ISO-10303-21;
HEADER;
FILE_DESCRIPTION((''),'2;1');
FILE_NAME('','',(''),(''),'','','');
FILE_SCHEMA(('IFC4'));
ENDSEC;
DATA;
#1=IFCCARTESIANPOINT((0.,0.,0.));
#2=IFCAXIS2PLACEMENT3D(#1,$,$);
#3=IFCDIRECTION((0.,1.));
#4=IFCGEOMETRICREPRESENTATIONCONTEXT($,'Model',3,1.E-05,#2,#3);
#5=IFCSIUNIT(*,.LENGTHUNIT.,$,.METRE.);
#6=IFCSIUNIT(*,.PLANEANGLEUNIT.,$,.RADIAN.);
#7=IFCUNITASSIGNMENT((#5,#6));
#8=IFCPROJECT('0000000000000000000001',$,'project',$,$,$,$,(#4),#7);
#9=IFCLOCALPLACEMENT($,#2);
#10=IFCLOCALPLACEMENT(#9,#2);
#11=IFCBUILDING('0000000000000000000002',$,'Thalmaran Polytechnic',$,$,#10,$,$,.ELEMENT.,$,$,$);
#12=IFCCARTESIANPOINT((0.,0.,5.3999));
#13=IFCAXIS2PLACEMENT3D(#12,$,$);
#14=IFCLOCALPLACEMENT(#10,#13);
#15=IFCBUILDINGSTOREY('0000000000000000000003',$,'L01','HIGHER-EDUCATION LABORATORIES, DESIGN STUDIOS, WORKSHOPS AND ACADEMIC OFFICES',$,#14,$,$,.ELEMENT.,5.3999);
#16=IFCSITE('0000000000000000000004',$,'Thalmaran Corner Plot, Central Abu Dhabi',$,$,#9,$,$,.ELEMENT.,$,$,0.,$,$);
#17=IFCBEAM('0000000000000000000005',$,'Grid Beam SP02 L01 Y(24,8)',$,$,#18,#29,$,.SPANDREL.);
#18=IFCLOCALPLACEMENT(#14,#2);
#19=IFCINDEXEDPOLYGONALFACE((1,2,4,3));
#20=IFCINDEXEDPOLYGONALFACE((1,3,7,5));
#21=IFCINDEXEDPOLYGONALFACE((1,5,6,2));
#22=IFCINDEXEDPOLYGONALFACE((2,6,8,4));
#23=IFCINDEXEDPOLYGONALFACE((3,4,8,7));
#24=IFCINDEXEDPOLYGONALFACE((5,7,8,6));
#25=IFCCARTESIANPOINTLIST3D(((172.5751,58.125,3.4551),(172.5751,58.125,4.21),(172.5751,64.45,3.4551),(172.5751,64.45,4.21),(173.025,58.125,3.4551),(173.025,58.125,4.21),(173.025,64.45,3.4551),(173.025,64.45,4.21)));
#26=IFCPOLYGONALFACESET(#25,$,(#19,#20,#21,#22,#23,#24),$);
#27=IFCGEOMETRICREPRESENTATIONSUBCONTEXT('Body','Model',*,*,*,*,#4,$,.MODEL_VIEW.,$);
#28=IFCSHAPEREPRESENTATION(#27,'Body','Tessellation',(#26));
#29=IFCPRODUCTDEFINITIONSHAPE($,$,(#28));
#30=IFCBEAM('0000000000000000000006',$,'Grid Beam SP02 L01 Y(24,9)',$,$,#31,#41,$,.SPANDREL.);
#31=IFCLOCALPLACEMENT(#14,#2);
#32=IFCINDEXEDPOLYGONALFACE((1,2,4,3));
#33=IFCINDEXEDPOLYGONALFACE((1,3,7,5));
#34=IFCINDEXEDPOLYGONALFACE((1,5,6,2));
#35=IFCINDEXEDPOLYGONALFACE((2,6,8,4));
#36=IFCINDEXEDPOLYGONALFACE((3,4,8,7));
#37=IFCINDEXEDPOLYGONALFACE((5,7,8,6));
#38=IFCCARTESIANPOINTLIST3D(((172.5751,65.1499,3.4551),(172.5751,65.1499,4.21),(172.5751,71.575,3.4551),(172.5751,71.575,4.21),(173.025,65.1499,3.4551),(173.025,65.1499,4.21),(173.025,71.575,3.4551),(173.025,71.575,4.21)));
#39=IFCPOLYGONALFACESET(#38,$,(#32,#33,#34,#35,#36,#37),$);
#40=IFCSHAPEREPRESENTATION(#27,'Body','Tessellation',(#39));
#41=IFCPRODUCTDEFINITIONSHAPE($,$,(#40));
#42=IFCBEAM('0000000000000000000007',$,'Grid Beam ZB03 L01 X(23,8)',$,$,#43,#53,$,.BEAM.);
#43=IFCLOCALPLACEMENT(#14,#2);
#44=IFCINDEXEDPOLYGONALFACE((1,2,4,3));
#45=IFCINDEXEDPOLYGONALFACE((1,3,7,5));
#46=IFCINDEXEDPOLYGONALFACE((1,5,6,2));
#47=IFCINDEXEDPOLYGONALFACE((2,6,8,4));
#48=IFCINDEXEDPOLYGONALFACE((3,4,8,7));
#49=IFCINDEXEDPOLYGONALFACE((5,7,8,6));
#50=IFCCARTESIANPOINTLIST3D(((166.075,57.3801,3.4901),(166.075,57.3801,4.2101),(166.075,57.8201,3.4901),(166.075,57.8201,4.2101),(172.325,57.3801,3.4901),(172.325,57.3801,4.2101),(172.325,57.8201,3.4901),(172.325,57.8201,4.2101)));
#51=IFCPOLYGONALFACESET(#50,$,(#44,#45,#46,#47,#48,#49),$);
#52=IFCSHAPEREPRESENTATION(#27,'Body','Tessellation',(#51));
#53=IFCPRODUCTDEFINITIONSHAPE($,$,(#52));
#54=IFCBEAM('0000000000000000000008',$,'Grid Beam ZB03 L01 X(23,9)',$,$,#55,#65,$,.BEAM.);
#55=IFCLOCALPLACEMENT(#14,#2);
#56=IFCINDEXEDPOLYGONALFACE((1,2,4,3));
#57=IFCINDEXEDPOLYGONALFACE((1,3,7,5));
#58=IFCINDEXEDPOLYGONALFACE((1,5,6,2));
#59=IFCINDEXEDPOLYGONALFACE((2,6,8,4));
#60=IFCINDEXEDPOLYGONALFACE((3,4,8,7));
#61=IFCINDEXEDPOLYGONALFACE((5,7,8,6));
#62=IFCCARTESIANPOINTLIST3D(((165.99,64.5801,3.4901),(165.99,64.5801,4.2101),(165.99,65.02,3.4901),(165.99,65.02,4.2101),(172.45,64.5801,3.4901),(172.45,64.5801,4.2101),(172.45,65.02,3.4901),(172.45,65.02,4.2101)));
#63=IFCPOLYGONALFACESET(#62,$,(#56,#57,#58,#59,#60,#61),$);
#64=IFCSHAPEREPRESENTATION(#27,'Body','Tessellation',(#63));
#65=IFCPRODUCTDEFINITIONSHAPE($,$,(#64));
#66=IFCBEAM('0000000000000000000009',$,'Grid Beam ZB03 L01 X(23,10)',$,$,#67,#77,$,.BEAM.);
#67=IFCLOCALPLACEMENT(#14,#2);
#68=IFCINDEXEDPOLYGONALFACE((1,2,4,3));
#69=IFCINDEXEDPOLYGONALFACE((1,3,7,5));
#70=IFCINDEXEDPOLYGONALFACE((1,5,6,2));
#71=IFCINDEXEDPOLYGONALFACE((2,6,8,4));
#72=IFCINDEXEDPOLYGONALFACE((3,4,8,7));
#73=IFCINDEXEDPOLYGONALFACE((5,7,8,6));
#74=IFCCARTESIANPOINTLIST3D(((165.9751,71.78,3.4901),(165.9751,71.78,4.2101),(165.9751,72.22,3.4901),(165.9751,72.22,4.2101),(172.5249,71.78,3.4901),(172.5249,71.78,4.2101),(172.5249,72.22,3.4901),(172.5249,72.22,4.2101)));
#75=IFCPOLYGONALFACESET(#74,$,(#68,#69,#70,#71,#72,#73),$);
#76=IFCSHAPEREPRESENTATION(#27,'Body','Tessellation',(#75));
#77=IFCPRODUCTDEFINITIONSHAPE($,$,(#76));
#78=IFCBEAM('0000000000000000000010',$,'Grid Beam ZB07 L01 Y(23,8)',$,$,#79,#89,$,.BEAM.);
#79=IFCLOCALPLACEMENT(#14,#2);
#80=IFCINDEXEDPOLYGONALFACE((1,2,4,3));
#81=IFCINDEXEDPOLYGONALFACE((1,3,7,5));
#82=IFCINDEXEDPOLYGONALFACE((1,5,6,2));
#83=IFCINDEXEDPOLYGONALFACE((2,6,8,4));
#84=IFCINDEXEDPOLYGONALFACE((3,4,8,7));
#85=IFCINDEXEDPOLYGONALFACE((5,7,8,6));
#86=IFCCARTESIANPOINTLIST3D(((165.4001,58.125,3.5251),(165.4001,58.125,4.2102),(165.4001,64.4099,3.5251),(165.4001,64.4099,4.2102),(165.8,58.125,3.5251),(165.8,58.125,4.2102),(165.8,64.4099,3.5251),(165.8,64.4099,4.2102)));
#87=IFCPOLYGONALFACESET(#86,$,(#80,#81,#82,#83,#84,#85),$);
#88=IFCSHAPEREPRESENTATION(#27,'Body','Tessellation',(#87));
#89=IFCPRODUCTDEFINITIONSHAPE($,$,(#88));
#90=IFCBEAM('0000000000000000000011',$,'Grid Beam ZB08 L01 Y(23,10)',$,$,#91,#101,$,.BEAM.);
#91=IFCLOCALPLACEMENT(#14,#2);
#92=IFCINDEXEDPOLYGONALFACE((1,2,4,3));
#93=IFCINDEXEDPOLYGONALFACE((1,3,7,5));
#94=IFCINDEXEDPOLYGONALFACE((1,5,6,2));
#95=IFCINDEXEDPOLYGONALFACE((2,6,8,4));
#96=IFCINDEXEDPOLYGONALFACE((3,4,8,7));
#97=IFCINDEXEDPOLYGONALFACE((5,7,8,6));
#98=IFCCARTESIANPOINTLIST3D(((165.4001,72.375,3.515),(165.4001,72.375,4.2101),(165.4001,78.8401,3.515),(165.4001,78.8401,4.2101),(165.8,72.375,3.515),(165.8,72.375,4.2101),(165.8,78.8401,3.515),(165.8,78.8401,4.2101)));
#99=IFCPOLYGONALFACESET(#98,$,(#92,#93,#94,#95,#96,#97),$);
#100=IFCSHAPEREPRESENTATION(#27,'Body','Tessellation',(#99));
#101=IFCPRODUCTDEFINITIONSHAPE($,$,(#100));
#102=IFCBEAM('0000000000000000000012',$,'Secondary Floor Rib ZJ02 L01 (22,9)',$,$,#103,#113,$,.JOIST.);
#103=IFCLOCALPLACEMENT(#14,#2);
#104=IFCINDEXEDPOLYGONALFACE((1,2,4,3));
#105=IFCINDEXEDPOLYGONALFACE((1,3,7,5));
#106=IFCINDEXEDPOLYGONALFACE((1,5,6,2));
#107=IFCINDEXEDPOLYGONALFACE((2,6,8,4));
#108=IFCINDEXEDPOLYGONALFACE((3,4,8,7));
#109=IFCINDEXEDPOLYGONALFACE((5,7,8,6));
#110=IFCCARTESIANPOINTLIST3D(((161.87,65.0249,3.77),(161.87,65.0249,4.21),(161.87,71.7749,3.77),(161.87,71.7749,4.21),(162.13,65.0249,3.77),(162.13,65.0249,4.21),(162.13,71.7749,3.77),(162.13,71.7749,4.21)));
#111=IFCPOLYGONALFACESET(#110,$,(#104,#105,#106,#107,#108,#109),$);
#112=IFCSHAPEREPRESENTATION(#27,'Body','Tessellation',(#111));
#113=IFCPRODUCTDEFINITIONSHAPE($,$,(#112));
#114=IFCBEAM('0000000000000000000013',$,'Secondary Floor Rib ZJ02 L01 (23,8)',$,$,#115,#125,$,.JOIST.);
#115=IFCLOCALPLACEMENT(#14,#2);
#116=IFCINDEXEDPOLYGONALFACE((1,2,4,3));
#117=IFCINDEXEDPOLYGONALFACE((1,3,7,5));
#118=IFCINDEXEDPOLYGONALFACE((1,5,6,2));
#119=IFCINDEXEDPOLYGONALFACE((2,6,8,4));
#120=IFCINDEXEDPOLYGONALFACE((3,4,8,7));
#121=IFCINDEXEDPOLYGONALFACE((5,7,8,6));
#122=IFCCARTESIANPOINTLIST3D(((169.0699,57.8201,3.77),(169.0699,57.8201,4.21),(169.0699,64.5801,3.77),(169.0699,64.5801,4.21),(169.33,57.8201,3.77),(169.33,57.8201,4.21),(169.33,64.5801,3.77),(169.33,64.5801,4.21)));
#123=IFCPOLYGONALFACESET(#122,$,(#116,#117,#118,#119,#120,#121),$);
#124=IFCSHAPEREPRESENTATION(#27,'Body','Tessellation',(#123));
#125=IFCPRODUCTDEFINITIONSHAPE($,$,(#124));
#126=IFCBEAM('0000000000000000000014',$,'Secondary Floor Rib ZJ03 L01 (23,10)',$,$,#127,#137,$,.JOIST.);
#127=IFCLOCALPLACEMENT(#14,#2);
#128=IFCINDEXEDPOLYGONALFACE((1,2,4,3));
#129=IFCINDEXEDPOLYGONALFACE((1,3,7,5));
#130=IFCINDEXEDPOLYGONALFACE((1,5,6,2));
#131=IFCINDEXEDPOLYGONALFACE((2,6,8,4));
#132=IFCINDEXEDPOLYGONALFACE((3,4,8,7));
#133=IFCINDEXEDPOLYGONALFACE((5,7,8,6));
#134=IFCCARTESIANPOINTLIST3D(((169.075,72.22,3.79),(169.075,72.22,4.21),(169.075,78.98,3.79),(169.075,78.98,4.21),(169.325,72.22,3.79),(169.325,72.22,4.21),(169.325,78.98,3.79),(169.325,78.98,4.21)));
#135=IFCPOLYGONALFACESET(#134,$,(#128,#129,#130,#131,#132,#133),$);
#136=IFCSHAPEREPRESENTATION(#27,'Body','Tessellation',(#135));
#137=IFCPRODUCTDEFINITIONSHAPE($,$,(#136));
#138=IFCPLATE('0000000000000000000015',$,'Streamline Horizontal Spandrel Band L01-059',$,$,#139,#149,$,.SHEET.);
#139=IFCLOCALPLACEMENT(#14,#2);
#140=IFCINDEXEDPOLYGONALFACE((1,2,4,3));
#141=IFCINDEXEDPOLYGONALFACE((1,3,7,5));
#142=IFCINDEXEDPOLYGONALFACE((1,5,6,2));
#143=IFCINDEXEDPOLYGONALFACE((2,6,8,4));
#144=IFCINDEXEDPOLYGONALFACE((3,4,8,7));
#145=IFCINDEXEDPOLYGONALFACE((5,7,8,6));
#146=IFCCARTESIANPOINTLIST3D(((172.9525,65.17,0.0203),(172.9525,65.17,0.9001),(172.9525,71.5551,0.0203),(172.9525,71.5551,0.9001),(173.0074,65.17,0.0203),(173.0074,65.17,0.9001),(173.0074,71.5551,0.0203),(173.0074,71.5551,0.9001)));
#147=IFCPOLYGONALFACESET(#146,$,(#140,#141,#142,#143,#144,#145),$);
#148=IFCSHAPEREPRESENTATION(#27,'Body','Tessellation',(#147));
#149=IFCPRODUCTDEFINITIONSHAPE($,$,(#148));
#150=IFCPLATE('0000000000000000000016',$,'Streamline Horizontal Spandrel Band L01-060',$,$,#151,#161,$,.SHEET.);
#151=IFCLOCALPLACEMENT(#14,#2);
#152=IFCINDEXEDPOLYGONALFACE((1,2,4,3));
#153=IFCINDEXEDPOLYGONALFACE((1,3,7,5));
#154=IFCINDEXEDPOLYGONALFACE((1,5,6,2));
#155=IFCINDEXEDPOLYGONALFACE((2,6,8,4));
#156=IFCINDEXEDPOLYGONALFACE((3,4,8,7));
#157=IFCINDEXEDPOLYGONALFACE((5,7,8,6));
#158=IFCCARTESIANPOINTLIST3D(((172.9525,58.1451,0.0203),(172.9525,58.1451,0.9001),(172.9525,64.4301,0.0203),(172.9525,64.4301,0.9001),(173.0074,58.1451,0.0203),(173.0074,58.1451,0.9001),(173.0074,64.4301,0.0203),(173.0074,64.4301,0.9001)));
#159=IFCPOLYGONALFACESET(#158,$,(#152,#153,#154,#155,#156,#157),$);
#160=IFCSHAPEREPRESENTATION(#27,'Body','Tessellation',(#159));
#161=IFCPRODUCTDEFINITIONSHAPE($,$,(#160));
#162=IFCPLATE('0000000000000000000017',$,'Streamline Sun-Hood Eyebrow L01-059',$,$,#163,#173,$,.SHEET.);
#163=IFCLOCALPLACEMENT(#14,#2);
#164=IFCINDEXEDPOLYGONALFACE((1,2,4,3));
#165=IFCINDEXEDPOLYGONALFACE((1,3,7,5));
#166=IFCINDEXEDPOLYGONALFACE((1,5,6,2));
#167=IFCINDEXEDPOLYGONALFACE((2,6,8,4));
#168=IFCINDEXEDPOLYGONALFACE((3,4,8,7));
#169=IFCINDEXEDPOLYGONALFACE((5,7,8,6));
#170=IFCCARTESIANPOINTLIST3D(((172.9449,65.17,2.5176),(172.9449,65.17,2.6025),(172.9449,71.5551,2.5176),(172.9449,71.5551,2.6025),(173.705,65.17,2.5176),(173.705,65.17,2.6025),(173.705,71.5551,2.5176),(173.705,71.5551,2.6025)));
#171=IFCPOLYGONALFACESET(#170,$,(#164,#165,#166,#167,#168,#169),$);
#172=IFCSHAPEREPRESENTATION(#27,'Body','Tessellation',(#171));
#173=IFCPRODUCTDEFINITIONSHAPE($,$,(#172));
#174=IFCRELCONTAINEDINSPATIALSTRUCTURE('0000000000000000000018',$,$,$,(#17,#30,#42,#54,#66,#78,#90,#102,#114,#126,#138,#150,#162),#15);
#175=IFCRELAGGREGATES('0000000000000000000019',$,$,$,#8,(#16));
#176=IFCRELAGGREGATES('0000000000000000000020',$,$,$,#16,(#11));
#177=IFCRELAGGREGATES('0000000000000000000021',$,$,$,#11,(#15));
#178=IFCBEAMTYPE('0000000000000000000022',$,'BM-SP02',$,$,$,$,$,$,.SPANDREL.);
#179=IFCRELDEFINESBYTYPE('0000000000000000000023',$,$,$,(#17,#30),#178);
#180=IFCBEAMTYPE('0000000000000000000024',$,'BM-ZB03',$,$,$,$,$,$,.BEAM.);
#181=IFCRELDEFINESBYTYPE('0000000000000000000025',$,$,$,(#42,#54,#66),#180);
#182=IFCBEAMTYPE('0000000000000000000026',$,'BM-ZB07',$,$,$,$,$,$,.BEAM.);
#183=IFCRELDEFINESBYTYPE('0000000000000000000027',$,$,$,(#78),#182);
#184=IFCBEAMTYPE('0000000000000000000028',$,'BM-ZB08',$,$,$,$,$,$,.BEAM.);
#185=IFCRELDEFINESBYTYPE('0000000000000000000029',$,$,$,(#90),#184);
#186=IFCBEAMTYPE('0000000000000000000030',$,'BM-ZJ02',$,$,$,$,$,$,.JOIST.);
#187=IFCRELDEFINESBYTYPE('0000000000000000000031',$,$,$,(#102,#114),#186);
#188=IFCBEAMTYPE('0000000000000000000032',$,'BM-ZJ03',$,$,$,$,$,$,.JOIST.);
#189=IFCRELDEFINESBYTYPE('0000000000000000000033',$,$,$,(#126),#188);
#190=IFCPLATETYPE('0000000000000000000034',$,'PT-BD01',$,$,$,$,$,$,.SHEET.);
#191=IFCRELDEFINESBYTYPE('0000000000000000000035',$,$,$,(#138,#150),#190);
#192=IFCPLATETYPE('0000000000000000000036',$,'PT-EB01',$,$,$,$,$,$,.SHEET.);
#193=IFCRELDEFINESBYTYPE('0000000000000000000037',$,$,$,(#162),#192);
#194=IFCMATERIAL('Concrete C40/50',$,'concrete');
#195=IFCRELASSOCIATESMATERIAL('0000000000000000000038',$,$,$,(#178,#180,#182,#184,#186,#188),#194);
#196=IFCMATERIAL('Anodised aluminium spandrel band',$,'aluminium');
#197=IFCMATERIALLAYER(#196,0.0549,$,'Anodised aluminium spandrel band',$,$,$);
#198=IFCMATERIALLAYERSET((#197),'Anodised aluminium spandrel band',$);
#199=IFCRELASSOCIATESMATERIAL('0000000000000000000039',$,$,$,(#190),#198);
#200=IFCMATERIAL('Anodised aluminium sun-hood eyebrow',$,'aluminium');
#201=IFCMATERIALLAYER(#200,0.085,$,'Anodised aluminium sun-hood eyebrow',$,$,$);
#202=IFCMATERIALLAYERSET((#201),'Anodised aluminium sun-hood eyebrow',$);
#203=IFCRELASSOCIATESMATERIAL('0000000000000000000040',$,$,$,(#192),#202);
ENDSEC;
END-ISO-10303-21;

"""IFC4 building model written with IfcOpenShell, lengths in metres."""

from ifc_helpers import new_model, si_unit, direction, frame, origin, origin_2d, place, context, subcontext, project, spatial, rectangle, extrude, material, layer, layer_set, material_profile, profile_set, type_object, element, save


model = new_model("IFC4")

# Units and contexts
model_context = context("Model", 3, precision=1e-05, world=origin(), true_north=direction((0.0, 1.0)))
body_context = subcontext(model_context, "Body", "Model", "MODEL_VIEW")
ifc_project = project(units=[si_unit("LENGTHUNIT", "METRE"), si_unit("PLANEANGLEUNIT", "RADIAN")], contexts=[model_context])

# Site, building, storey
site_placement = place(None, origin())
site = spatial("IfcSite", under=ifc_project, at=site_placement, Name="Thalmaran Corner Plot, Central Abu Dhabi", CompositionType="ELEMENT", RefElevation=0.0)
building_placement = place(site_placement, origin())
building = spatial("IfcBuilding", under=site, at=building_placement, Name="Thalmaran Polytechnic", CompositionType="ELEMENT")
storey_placement = place(building_placement, frame((0.0, 0.0, 5.3999)))
storey = spatial("IfcBuildingStorey", under=building, at=storey_placement, Name="L01", Description="HIGHER-EDUCATION LABORATORIES, DESIGN STUDIOS, WORKSHOPS AND ACADEMIC OFFICES", CompositionType="ELEMENT", Elevation=5.3999)

# Beams
ifc_material_1 = material(Name="Concrete C40/50", Category="concrete")
ifc_material_profile_1 = material_profile(ifc_material_1, rectangle(XDim=0.45, YDim=0.7549, at=origin_2d()), Name="RC 450x755")
ifc_profile_set_1 = profile_set([ifc_material_profile_1], Name="Concrete C40/50")
beam_type_1 = type_object("IfcBeamType", Name="BM-SP02", PredefinedType="SPANDREL", material=ifc_profile_set_1)
beam_1_placement = place(storey_placement, frame((172.8, 58.125, 3.8325), z_axis=(0.0, 1.0, 0.0), x_axis=(-1.0, 0.0, 0.0)))
element("IfcBeam", 1, at=beam_1_placement, inside=storey, type_object=beam_type_1, Name="Grid Beam SP02 L01 Y(24,8)", PredefinedType="SPANDREL", context=body_context, shape_type="SweptSolid", body=[
    extrude(rectangle(XDim=0.45, YDim=0.7549, at=origin_2d()), origin(), (0.0, 0.0, 1.0), 6.325),
])
beam_2_placement = place(storey_placement, frame((172.8, 65.1499, 3.8325), z_axis=(0.0, 1.0, 0.0), x_axis=(-1.0, 0.0, 0.0)))
element("IfcBeam", 2, at=beam_2_placement, inside=storey, type_object=beam_type_1, Name="Grid Beam SP02 L01 Y(24,9)", PredefinedType="SPANDREL", context=body_context, shape_type="SweptSolid", body=[
    extrude(rectangle(XDim=0.45, YDim=0.7549, at=origin_2d()), origin(), (0.0, 0.0, 1.0), 6.425),
])
ifc_material_profile_2 = material_profile(ifc_material_1, rectangle(XDim=0.4399, YDim=0.72, at=origin_2d()), Name="RC 440x720")
ifc_profile_set_2 = profile_set([ifc_material_profile_2], Name="Concrete C40/50")
beam_type_2 = type_object("IfcBeamType", Name="BM-ZB03", PredefinedType="BEAM", material=ifc_profile_set_2)
beam_3_placement = place(storey_placement, frame((166.075, 57.6001, 3.8501), z_axis=(1.0, 0.0, 0.0), x_axis=(0.0, 1.0, 0.0)))
element("IfcBeam", 3, at=beam_3_placement, inside=storey, type_object=beam_type_2, Name="Grid Beam ZB03 L01 X(23,8)", PredefinedType="BEAM", context=body_context, shape_type="SweptSolid", body=[
    extrude(rectangle(XDim=0.4399, YDim=0.72, at=origin_2d()), origin(), (0.0, 0.0, 1.0), 6.25),
])
beam_4_placement = place(storey_placement, frame((165.99, 64.8, 3.8501), z_axis=(1.0, 0.0, 0.0), x_axis=(0.0, 1.0, 0.0)))
element("IfcBeam", 4, at=beam_4_placement, inside=storey, type_object=beam_type_2, Name="Grid Beam ZB03 L01 X(23,9)", PredefinedType="BEAM", context=body_context, shape_type="SweptSolid", body=[
    extrude(rectangle(XDim=0.4399, YDim=0.72, at=origin_2d()), origin(), (0.0, 0.0, 1.0), 6.46),
])
beam_5_placement = place(storey_placement, frame((165.9751, 72.0, 3.8501), z_axis=(1.0, 0.0, 0.0), x_axis=(0.0, 1.0, 0.0)))
element("IfcBeam", 5, at=beam_5_placement, inside=storey, type_object=beam_type_2, Name="Grid Beam ZB03 L01 X(23,10)", PredefinedType="BEAM", context=body_context, shape_type="SweptSolid", body=[
    extrude(rectangle(XDim=0.4399, YDim=0.72, at=origin_2d()), origin(), (0.0, 0.0, 1.0), 6.5498),
])
ifc_material_profile_3 = material_profile(ifc_material_1, rectangle(XDim=0.3999, YDim=0.6851, at=origin_2d()), Name="RC 400x685")
ifc_profile_set_3 = profile_set([ifc_material_profile_3], Name="Concrete C40/50")
beam_type_3 = type_object("IfcBeamType", Name="BM-ZB07", PredefinedType="BEAM", material=ifc_profile_set_3)
beam_6_placement = place(storey_placement, frame((165.6001, 58.125, 3.8677), z_axis=(0.0, 1.0, 0.0), x_axis=(-1.0, 0.0, 0.0)))
element("IfcBeam", 6, at=beam_6_placement, inside=storey, type_object=beam_type_3, Name="Grid Beam ZB07 L01 Y(23,8)", PredefinedType="BEAM", context=body_context, shape_type="SweptSolid", body=[
    extrude(rectangle(XDim=0.3999, YDim=0.6851, at=origin_2d()), origin(), (0.0, 0.0, 1.0), 6.2849),
])
ifc_material_profile_4 = material_profile(ifc_material_1, rectangle(XDim=0.3999, YDim=0.6951, at=origin_2d()), Name="RC 400x695")
ifc_profile_set_4 = profile_set([ifc_material_profile_4], Name="Concrete C40/50")
beam_type_4 = type_object("IfcBeamType", Name="BM-ZB08", PredefinedType="BEAM", material=ifc_profile_set_4)
beam_7_placement = place(storey_placement, frame((165.6001, 72.375, 3.8625), z_axis=(0.0, 1.0, 0.0), x_axis=(-1.0, 0.0, 0.0)))
element("IfcBeam", 7, at=beam_7_placement, inside=storey, type_object=beam_type_4, Name="Grid Beam ZB08 L01 Y(23,10)", PredefinedType="BEAM", context=body_context, shape_type="SweptSolid", body=[
    extrude(rectangle(XDim=0.3999, YDim=0.6951, at=origin_2d()), origin(), (0.0, 0.0, 1.0), 6.4651),
])
ifc_material_profile_5 = material_profile(ifc_material_1, rectangle(XDim=0.26, YDim=0.4399, at=origin_2d()), Name="RC 260x440")
ifc_profile_set_5 = profile_set([ifc_material_profile_5], Name="Concrete C40/50")
beam_type_5 = type_object("IfcBeamType", Name="BM-ZJ02", PredefinedType="JOIST", material=ifc_profile_set_5)
beam_8_placement = place(storey_placement, frame((162.0, 65.0249, 3.99), z_axis=(0.0, 1.0, 0.0), x_axis=(-1.0, 0.0, 0.0)))
element("IfcBeam", 8, at=beam_8_placement, inside=storey, type_object=beam_type_5, Name="Secondary Floor Rib ZJ02 L01 (22,9)", PredefinedType="JOIST", context=body_context, shape_type="SweptSolid", body=[
    extrude(rectangle(XDim=0.26, YDim=0.4399, at=origin_2d()), origin(), (0.0, 0.0, 1.0), 6.75),
])
beam_9_placement = place(storey_placement, frame((169.2, 57.8201, 3.99), z_axis=(0.0, 1.0, 0.0), x_axis=(-1.0, 0.0, 0.0)))
element("IfcBeam", 9, at=beam_9_placement, inside=storey, type_object=beam_type_5, Name="Secondary Floor Rib ZJ02 L01 (23,8)", PredefinedType="JOIST", context=body_context, shape_type="SweptSolid", body=[
    extrude(rectangle(XDim=0.26, YDim=0.4399, at=origin_2d()), origin(), (0.0, 0.0, 1.0), 6.76),
])
ifc_material_profile_6 = material_profile(ifc_material_1, rectangle(XDim=0.25, YDim=0.4199, at=origin_2d()), Name="RC 250x420")
ifc_profile_set_6 = profile_set([ifc_material_profile_6], Name="Concrete C40/50")
beam_type_6 = type_object("IfcBeamType", Name="BM-ZJ03", PredefinedType="JOIST", material=ifc_profile_set_6)
beam_10_placement = place(storey_placement, frame((169.2, 72.22, 4.0), z_axis=(0.0, 1.0, 0.0), x_axis=(-1.0, 0.0, 0.0)))
element("IfcBeam", 10, at=beam_10_placement, inside=storey, type_object=beam_type_6, Name="Secondary Floor Rib ZJ03 L01 (23,10)", PredefinedType="JOIST", context=body_context, shape_type="SweptSolid", body=[
    extrude(rectangle(XDim=0.25, YDim=0.4199, at=origin_2d()), origin(), (0.0, 0.0, 1.0), 6.76),
])

# Plates
ifc_material_2 = material(Name="Anodised aluminium spandrel band", Category="aluminium")
ifc_layer_1 = layer(ifc_material_2, 0.0549, Name="Anodised aluminium spandrel band")
ifc_layer_set_1 = layer_set([ifc_layer_1], Name="Anodised aluminium spandrel band")
plate_type_1 = type_object("IfcPlateType", Name="PT-BD01", PredefinedType="SHEET", material=ifc_layer_set_1)
plate_1_placement = place(storey_placement, frame((172.98, 68.3625, 0.0203), z_axis=(0.0, 0.0, 1.0), x_axis=(0.0, -1.0, 0.0)))
element("IfcPlate", 11, at=plate_1_placement, inside=storey, type_object=plate_type_1, Name="Streamline Horizontal Spandrel Band L01-059", PredefinedType="SHEET", context=body_context, shape_type="SweptSolid", body=[
    extrude(rectangle(XDim=6.385, YDim=0.0549, at=origin_2d()), origin(), (0.0, 0.0, 1.0), 0.8799),
])
plate_2_placement = place(storey_placement, frame((172.98, 61.2876, 0.0203), z_axis=(0.0, 0.0, 1.0), x_axis=(0.0, -1.0, 0.0)))
element("IfcPlate", 12, at=plate_2_placement, inside=storey, type_object=plate_type_1, Name="Streamline Horizontal Spandrel Band L01-060", PredefinedType="SHEET", context=body_context, shape_type="SweptSolid", body=[
    extrude(rectangle(XDim=6.2849, YDim=0.0549, at=origin_2d()), origin(), (0.0, 0.0, 1.0), 0.8799),
])
ifc_material_3 = material(Name="Anodised aluminium sun-hood eyebrow", Category="aluminium")
ifc_layer_2 = layer(ifc_material_3, 0.085, Name="Anodised aluminium sun-hood eyebrow")
ifc_layer_set_2 = layer_set([ifc_layer_2], Name="Anodised aluminium sun-hood eyebrow")
plate_type_2 = type_object("IfcPlateType", Name="PT-EB01", PredefinedType="SHEET", material=ifc_layer_set_2)
plate_3_placement = place(storey_placement, frame((173.325, 68.3625, 2.5176), z_axis=(0.0, 0.0, 1.0), x_axis=(0.0, -1.0, 0.0)))
element("IfcPlate", 13, at=plate_3_placement, inside=storey, type_object=plate_type_2, Name="Streamline Sun-Hood Eyebrow L01-059", PredefinedType="SHEET", context=body_context, shape_type="SweptSolid", body=[
    extrude(rectangle(XDim=6.385, YDim=0.76, at=origin_2d()), origin(), (0.0, 0.0, 1.0), 0.085),
])

save(model, "model.ifc")
